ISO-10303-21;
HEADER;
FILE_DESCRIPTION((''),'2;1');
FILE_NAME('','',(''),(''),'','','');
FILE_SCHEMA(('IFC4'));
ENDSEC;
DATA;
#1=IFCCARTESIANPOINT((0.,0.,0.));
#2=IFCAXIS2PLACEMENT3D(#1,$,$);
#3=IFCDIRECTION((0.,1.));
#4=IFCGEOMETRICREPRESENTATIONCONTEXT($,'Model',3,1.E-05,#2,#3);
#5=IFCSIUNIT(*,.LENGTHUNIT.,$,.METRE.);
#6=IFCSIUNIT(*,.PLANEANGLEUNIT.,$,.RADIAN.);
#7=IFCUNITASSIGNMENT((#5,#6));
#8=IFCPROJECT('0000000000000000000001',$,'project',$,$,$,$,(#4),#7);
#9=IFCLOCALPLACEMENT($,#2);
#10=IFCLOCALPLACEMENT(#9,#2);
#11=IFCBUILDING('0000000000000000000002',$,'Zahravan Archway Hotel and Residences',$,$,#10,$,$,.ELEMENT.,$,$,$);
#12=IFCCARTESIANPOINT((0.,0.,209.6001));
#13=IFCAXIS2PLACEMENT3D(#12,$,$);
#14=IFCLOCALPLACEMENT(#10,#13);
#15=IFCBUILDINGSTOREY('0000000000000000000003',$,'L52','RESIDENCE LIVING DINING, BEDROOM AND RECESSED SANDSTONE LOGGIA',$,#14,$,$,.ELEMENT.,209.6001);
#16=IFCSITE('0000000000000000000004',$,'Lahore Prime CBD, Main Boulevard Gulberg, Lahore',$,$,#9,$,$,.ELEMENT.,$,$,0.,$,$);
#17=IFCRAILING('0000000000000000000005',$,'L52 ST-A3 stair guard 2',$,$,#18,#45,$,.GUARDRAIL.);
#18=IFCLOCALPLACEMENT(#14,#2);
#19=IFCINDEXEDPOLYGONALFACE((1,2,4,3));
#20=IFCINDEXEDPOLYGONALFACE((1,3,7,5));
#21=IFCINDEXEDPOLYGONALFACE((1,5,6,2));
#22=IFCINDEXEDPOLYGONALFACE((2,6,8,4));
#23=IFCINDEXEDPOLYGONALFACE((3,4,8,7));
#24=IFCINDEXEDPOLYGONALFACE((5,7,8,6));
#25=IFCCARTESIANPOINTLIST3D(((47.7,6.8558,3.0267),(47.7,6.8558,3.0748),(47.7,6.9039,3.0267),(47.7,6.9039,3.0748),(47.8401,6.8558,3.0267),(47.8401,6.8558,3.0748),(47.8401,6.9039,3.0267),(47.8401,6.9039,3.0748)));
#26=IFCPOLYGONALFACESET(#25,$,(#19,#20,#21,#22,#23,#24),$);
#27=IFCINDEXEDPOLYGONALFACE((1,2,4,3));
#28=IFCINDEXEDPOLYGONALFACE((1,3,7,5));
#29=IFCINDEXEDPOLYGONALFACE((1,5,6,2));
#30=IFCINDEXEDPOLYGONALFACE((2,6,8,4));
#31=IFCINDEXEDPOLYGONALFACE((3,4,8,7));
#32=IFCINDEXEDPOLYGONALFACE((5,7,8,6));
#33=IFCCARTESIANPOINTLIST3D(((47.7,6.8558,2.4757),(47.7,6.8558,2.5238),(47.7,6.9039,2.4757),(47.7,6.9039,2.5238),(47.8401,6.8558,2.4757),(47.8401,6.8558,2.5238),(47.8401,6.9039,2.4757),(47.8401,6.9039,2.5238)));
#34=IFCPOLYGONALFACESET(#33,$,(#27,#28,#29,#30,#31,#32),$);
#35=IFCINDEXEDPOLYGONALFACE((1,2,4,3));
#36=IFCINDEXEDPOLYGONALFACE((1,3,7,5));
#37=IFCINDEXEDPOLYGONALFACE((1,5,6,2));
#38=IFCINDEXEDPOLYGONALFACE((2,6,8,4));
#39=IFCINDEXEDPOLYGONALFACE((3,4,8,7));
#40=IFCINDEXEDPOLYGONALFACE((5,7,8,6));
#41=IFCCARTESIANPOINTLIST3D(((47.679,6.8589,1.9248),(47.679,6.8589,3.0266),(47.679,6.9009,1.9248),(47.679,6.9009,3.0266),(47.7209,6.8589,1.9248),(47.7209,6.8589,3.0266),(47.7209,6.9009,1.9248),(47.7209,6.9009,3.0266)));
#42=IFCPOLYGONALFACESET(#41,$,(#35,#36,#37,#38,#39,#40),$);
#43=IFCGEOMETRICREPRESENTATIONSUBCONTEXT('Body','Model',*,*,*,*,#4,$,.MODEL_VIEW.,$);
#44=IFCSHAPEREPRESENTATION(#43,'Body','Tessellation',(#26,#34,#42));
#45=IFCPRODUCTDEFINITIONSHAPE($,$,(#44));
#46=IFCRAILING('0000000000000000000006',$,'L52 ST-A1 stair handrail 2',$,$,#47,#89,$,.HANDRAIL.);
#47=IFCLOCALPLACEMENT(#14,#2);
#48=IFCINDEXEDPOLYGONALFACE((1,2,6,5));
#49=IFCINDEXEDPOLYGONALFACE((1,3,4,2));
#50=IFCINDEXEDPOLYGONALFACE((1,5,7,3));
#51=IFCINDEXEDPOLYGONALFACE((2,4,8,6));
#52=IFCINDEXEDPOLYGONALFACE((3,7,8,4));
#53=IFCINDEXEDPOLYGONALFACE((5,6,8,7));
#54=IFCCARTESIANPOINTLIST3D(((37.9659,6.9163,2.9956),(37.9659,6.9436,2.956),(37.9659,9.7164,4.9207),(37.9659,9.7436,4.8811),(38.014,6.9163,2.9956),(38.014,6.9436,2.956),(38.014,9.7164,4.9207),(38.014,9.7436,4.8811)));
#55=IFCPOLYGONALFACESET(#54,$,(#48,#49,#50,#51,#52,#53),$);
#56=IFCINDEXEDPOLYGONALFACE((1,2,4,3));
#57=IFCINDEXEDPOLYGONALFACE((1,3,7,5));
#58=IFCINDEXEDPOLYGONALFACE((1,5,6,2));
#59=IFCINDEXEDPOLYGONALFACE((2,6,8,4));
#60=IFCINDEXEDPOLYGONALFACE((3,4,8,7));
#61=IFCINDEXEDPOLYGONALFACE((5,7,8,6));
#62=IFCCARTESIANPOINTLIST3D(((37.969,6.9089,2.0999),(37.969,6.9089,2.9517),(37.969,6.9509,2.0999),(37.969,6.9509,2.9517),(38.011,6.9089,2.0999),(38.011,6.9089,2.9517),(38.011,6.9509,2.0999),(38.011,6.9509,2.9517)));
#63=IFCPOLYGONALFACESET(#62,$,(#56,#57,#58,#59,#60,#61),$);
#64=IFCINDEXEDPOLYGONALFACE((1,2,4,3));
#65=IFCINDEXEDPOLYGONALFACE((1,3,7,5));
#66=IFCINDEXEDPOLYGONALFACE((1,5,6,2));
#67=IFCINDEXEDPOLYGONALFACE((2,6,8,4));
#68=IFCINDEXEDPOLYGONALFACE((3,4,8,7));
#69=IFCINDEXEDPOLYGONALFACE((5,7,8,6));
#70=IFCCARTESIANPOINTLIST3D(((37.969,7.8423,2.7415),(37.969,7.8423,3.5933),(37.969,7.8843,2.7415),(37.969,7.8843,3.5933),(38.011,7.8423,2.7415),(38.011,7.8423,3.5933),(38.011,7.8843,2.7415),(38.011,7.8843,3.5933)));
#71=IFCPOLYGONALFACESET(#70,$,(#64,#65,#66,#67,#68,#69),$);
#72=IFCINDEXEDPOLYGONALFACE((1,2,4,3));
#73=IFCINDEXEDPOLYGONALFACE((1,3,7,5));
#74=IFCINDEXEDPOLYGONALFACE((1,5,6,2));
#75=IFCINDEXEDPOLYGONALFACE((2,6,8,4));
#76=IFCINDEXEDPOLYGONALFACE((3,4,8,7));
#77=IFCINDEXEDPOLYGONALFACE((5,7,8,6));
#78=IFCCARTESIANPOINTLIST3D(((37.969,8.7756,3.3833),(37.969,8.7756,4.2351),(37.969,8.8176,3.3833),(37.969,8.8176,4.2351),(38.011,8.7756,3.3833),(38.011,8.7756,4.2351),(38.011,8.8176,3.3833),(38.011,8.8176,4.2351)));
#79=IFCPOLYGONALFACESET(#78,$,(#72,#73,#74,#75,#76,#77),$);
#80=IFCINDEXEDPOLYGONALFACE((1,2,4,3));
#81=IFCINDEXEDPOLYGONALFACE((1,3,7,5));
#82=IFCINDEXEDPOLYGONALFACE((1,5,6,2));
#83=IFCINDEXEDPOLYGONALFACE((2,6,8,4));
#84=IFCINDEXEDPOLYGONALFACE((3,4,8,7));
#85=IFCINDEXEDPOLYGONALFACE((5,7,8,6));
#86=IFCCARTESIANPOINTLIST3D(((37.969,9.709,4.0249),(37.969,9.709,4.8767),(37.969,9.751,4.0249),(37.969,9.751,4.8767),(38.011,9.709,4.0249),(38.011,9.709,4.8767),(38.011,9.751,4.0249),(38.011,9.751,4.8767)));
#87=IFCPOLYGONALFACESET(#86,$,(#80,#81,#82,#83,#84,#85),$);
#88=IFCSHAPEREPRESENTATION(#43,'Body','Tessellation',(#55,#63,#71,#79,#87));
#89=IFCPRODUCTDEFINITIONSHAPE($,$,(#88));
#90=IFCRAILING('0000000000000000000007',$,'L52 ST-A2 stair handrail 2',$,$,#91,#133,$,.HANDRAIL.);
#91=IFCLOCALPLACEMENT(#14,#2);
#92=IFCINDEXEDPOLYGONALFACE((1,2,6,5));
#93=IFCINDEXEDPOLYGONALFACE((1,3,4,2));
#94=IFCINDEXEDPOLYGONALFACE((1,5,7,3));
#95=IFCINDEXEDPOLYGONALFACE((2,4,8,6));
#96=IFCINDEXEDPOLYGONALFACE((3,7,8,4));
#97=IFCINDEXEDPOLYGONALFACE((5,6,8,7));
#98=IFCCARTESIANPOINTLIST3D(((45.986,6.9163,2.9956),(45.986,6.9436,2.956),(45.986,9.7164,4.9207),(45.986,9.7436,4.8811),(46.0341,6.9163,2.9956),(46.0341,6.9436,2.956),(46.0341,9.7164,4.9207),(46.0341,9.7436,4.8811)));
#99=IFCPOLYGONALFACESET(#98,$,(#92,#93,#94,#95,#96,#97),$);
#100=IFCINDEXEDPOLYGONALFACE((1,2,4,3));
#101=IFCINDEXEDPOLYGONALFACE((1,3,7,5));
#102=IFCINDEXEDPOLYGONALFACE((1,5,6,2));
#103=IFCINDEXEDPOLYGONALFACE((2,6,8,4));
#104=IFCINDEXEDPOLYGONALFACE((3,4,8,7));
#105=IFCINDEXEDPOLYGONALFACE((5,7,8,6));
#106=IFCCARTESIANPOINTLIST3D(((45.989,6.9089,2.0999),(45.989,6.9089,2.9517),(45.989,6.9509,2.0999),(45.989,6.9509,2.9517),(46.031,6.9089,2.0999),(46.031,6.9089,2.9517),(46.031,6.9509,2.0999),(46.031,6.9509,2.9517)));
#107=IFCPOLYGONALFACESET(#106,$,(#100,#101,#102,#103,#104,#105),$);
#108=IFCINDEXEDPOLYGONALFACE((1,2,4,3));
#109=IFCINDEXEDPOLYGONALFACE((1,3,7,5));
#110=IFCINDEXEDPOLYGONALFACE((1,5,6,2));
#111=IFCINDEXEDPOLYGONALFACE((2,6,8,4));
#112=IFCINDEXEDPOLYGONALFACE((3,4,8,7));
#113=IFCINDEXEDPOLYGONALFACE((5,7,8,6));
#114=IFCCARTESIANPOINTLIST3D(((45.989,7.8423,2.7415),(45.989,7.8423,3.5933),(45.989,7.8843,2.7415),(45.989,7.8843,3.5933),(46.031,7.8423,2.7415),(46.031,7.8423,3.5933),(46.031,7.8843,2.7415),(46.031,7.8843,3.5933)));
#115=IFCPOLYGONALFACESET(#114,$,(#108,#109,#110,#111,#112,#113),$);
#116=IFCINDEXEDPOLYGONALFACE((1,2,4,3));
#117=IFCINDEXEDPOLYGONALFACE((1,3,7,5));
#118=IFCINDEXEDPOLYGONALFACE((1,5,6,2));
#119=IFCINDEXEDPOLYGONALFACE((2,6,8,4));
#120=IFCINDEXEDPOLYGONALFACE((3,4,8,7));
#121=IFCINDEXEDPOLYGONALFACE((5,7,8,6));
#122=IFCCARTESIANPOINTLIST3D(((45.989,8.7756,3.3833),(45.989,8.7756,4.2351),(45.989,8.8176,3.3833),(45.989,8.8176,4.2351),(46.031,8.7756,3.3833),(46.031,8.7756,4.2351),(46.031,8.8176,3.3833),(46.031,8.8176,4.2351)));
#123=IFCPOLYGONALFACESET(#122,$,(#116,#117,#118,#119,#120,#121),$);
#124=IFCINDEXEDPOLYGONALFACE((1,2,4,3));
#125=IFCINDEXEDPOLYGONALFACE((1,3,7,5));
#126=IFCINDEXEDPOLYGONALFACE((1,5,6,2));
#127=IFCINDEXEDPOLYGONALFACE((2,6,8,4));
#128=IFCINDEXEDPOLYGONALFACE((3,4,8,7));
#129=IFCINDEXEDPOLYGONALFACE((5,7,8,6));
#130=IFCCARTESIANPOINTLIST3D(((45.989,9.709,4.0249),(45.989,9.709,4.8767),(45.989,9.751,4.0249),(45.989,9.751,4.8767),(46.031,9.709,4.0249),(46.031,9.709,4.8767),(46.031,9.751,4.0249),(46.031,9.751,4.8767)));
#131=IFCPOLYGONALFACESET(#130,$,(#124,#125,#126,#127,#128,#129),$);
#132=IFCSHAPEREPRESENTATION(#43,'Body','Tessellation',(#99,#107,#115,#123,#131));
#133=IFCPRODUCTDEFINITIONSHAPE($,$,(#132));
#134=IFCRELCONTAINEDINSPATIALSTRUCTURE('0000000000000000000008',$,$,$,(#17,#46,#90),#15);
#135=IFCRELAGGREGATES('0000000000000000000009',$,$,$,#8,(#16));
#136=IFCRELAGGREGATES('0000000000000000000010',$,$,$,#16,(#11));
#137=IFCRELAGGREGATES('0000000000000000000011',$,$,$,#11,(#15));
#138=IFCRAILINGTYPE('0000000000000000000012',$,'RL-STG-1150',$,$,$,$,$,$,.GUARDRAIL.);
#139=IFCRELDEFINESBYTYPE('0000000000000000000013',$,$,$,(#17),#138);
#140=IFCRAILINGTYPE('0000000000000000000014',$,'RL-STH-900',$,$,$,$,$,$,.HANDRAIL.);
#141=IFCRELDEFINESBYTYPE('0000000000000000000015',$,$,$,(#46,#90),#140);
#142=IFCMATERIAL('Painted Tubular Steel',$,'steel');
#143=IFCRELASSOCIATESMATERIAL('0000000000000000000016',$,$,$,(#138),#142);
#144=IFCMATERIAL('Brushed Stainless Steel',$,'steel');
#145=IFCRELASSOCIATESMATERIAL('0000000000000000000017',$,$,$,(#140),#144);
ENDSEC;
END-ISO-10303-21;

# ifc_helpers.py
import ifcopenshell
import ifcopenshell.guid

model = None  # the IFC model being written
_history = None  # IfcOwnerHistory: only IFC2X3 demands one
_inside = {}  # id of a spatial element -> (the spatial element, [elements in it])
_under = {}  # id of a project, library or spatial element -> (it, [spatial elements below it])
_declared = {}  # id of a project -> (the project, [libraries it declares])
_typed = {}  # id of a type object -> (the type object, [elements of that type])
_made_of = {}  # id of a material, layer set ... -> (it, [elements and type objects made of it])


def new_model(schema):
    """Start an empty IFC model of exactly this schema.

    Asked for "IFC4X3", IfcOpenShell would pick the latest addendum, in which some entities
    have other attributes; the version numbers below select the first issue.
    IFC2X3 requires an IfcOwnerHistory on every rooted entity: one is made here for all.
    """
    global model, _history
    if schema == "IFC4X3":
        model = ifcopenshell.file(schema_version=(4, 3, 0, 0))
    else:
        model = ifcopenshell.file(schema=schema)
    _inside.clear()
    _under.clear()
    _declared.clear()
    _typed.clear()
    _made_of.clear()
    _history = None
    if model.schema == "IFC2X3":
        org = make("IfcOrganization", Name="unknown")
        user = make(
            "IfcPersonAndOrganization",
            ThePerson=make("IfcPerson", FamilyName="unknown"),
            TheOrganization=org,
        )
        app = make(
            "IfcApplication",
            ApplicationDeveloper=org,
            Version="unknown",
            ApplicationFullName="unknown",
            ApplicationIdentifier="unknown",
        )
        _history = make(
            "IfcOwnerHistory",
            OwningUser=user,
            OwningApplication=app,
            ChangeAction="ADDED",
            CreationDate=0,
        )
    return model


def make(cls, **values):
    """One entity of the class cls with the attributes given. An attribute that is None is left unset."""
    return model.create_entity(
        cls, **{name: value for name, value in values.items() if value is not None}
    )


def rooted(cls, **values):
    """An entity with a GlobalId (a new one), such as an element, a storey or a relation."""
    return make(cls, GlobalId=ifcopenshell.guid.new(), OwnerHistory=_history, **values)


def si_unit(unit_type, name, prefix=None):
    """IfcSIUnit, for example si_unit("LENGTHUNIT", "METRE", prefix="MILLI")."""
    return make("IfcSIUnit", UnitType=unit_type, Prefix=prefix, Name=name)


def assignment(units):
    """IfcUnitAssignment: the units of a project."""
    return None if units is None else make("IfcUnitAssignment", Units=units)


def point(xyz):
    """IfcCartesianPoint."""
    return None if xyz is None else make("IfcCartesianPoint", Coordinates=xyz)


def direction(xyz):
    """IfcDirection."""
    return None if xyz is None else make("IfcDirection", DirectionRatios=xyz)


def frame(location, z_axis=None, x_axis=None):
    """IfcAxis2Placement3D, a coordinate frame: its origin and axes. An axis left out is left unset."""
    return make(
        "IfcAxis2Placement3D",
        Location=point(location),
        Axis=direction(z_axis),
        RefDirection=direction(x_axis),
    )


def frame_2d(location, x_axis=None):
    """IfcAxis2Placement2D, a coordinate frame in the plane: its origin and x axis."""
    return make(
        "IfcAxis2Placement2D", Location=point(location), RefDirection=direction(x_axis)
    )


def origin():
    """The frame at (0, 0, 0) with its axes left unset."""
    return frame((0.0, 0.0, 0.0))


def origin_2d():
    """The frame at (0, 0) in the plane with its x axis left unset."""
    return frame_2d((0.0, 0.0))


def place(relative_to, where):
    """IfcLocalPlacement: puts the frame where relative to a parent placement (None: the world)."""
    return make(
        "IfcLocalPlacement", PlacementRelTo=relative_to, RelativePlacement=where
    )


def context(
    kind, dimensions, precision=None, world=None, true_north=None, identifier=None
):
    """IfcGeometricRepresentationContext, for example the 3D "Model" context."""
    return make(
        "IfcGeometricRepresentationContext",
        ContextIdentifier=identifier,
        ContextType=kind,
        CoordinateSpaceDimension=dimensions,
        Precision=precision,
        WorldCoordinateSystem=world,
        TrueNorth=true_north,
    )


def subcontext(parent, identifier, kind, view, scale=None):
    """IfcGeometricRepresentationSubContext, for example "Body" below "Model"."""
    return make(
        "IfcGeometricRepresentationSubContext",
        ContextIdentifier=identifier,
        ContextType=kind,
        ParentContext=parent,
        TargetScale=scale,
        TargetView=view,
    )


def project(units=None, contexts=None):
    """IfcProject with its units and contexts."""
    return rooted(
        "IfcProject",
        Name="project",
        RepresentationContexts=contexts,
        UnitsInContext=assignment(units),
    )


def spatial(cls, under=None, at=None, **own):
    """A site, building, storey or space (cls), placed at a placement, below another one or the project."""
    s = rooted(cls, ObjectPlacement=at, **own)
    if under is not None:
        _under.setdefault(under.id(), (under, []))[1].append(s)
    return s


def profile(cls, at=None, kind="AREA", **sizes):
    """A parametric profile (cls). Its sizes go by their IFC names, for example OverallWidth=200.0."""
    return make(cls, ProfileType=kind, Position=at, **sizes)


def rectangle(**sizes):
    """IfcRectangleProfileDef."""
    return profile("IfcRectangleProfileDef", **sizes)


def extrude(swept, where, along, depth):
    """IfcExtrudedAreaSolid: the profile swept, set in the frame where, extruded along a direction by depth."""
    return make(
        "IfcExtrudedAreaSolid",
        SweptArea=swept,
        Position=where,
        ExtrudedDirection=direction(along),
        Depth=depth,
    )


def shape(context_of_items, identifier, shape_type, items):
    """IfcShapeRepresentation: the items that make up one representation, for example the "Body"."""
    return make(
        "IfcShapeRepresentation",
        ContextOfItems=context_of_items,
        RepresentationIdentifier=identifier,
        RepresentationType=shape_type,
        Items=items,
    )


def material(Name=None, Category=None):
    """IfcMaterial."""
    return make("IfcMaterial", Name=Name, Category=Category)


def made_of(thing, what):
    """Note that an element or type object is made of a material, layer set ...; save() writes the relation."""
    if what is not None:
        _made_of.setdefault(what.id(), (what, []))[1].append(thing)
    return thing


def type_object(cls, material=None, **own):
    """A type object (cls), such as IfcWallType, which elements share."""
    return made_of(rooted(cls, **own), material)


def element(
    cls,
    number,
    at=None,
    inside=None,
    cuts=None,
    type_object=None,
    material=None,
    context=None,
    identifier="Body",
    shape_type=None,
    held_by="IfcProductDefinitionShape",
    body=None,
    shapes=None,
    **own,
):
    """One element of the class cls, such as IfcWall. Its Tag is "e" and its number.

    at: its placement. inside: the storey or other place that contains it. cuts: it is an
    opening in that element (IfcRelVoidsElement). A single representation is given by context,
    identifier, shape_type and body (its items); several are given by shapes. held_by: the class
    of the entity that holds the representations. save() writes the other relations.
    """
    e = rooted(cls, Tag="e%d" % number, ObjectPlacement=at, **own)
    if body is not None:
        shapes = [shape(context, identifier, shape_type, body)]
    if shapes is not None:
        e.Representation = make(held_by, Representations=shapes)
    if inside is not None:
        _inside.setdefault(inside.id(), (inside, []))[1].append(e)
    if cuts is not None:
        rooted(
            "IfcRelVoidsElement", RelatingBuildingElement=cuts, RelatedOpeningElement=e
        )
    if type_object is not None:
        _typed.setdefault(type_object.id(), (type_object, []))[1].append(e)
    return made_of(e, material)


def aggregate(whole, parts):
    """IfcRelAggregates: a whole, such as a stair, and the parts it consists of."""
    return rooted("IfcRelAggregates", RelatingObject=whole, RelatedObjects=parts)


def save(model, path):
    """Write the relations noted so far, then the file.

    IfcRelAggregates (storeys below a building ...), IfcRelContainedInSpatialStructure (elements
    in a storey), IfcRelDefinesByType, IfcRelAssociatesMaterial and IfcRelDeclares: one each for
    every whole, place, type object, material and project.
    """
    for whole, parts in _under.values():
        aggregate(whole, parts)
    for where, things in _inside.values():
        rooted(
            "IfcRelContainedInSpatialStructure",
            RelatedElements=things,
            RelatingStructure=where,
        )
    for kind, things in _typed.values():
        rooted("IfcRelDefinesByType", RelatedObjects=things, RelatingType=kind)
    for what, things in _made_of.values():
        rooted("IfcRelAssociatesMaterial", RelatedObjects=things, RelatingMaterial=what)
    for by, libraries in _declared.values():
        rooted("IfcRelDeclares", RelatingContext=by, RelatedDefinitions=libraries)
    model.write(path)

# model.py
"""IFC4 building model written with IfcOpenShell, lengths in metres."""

from ifc_helpers import new_model, si_unit, direction, frame, origin, origin_2d, place, context, subcontext, project, spatial, rectangle, extrude, material, type_object, element, save


model = new_model("IFC4")

# Units and contexts
model_context = context("Model", 3, precision=1e-05, world=origin(), true_north=direction((0.0, 1.0)))
body_context = subcontext(model_context, "Body", "Model", "MODEL_VIEW")
ifc_project = project(units=[si_unit("LENGTHUNIT", "METRE"), si_unit("PLANEANGLEUNIT", "RADIAN")], contexts=[model_context])

# Site, building, storey
site_placement = place(None, origin())
site = spatial("IfcSite", under=ifc_project, at=site_placement, Name="Lahore Prime CBD, Main Boulevard Gulberg, Lahore", CompositionType="ELEMENT", RefElevation=0.0)
building_placement = place(site_placement, origin())
building = spatial("IfcBuilding", under=site, at=building_placement, Name="Zahravan Archway Hotel and Residences", CompositionType="ELEMENT")
storey_placement = place(building_placement, frame((0.0, 0.0, 209.6001)))
storey = spatial("IfcBuildingStorey", under=building, at=storey_placement, Name="L52", Description="RESIDENCE LIVING DINING, BEDROOM AND RECESSED SANDSTONE LOGGIA", CompositionType="ELEMENT", Elevation=209.6001)

# Railings
ifc_material_1 = material(Name="Painted Tubular Steel", Category="steel")
railing_type_1 = type_object("IfcRailingType", Name="RL-STG-1150", PredefinedType="GUARDRAIL", material=ifc_material_1)
railing_1_placement = place(storey_placement, frame((47.7, 6.8799, 1.9248)))
element("IfcRailing", 1, at=railing_1_placement, inside=storey, type_object=railing_type_1, Name="L52 ST-A3 stair guard 2", PredefinedType="GUARDRAIL", context=body_context, shape_type="SweptSolid", body=[
    extrude(rectangle(XDim=0.0481, YDim=0.0481, at=origin_2d()), frame((0.0, 0.0, 1.126), z_axis=(1.0, 0.0, 0.0), x_axis=(0.0, 1.0, 0.0)), (0.0, 0.0, 1.0), 0.1401),
    extrude(rectangle(XDim=0.0481, YDim=0.0481, at=origin_2d()), frame((0.0, 0.0, 0.575), z_axis=(1.0, 0.0, 0.0), x_axis=(0.0, 1.0, 0.0)), (0.0, 0.0, 1.0), 0.1401),
    extrude(rectangle(XDim=0.042, YDim=0.042, at=origin_2d()), origin(), (0.0, 0.0, 1.0), 1.1018),
])
ifc_material_2 = material(Name="Brushed Stainless Steel", Category="steel")
railing_type_2 = type_object("IfcRailingType", Name="RL-STH-900", PredefinedType="HANDRAIL", material=ifc_material_2)
for number, where, name in (
    (2, (37.99, 6.9299, 2.0999), "L52 ST-A1 stair handrail 2"),
    (3, (46.01, 6.9299, 2.0999), "L52 ST-A2 stair handrail 2"),
):
    element("IfcRailing", number, at=place(storey_placement, frame(where)), inside=storey, type_object=railing_type_2, Name=name, PredefinedType="HANDRAIL", context=body_context, shape_type="SweptSolid", body=[
        extrude(rectangle(XDim=0.0481, YDim=0.0481, at=origin_2d()), frame((0.0, 0.0, 0.876), z_axis=(0.0, 0.82404, 0.566532), x_axis=(-1.0, 0.0, 0.0)), (0.0, 0.0, 1.0), 3.3979),
        extrude(rectangle(XDim=0.042, YDim=0.042, at=origin_2d()), origin(), (0.0, 0.0, 1.0), 0.8518),
        extrude(rectangle(XDim=0.042, YDim=0.042, at=origin_2d()), frame((0.0, 0.9333, 0.6416)), (0.0, 0.0, 1.0), 0.8518),
        extrude(rectangle(XDim=0.042, YDim=0.042, at=origin_2d()), frame((0.0, 1.8667, 1.2834)), (0.0, 0.0, 1.0), 0.8518),
        extrude(rectangle(XDim=0.042, YDim=0.042, at=origin_2d()), frame((0.0, 2.8, 1.925)), (0.0, 0.0, 1.0), 0.8518),
    ])

save(model, "model.ifc")
